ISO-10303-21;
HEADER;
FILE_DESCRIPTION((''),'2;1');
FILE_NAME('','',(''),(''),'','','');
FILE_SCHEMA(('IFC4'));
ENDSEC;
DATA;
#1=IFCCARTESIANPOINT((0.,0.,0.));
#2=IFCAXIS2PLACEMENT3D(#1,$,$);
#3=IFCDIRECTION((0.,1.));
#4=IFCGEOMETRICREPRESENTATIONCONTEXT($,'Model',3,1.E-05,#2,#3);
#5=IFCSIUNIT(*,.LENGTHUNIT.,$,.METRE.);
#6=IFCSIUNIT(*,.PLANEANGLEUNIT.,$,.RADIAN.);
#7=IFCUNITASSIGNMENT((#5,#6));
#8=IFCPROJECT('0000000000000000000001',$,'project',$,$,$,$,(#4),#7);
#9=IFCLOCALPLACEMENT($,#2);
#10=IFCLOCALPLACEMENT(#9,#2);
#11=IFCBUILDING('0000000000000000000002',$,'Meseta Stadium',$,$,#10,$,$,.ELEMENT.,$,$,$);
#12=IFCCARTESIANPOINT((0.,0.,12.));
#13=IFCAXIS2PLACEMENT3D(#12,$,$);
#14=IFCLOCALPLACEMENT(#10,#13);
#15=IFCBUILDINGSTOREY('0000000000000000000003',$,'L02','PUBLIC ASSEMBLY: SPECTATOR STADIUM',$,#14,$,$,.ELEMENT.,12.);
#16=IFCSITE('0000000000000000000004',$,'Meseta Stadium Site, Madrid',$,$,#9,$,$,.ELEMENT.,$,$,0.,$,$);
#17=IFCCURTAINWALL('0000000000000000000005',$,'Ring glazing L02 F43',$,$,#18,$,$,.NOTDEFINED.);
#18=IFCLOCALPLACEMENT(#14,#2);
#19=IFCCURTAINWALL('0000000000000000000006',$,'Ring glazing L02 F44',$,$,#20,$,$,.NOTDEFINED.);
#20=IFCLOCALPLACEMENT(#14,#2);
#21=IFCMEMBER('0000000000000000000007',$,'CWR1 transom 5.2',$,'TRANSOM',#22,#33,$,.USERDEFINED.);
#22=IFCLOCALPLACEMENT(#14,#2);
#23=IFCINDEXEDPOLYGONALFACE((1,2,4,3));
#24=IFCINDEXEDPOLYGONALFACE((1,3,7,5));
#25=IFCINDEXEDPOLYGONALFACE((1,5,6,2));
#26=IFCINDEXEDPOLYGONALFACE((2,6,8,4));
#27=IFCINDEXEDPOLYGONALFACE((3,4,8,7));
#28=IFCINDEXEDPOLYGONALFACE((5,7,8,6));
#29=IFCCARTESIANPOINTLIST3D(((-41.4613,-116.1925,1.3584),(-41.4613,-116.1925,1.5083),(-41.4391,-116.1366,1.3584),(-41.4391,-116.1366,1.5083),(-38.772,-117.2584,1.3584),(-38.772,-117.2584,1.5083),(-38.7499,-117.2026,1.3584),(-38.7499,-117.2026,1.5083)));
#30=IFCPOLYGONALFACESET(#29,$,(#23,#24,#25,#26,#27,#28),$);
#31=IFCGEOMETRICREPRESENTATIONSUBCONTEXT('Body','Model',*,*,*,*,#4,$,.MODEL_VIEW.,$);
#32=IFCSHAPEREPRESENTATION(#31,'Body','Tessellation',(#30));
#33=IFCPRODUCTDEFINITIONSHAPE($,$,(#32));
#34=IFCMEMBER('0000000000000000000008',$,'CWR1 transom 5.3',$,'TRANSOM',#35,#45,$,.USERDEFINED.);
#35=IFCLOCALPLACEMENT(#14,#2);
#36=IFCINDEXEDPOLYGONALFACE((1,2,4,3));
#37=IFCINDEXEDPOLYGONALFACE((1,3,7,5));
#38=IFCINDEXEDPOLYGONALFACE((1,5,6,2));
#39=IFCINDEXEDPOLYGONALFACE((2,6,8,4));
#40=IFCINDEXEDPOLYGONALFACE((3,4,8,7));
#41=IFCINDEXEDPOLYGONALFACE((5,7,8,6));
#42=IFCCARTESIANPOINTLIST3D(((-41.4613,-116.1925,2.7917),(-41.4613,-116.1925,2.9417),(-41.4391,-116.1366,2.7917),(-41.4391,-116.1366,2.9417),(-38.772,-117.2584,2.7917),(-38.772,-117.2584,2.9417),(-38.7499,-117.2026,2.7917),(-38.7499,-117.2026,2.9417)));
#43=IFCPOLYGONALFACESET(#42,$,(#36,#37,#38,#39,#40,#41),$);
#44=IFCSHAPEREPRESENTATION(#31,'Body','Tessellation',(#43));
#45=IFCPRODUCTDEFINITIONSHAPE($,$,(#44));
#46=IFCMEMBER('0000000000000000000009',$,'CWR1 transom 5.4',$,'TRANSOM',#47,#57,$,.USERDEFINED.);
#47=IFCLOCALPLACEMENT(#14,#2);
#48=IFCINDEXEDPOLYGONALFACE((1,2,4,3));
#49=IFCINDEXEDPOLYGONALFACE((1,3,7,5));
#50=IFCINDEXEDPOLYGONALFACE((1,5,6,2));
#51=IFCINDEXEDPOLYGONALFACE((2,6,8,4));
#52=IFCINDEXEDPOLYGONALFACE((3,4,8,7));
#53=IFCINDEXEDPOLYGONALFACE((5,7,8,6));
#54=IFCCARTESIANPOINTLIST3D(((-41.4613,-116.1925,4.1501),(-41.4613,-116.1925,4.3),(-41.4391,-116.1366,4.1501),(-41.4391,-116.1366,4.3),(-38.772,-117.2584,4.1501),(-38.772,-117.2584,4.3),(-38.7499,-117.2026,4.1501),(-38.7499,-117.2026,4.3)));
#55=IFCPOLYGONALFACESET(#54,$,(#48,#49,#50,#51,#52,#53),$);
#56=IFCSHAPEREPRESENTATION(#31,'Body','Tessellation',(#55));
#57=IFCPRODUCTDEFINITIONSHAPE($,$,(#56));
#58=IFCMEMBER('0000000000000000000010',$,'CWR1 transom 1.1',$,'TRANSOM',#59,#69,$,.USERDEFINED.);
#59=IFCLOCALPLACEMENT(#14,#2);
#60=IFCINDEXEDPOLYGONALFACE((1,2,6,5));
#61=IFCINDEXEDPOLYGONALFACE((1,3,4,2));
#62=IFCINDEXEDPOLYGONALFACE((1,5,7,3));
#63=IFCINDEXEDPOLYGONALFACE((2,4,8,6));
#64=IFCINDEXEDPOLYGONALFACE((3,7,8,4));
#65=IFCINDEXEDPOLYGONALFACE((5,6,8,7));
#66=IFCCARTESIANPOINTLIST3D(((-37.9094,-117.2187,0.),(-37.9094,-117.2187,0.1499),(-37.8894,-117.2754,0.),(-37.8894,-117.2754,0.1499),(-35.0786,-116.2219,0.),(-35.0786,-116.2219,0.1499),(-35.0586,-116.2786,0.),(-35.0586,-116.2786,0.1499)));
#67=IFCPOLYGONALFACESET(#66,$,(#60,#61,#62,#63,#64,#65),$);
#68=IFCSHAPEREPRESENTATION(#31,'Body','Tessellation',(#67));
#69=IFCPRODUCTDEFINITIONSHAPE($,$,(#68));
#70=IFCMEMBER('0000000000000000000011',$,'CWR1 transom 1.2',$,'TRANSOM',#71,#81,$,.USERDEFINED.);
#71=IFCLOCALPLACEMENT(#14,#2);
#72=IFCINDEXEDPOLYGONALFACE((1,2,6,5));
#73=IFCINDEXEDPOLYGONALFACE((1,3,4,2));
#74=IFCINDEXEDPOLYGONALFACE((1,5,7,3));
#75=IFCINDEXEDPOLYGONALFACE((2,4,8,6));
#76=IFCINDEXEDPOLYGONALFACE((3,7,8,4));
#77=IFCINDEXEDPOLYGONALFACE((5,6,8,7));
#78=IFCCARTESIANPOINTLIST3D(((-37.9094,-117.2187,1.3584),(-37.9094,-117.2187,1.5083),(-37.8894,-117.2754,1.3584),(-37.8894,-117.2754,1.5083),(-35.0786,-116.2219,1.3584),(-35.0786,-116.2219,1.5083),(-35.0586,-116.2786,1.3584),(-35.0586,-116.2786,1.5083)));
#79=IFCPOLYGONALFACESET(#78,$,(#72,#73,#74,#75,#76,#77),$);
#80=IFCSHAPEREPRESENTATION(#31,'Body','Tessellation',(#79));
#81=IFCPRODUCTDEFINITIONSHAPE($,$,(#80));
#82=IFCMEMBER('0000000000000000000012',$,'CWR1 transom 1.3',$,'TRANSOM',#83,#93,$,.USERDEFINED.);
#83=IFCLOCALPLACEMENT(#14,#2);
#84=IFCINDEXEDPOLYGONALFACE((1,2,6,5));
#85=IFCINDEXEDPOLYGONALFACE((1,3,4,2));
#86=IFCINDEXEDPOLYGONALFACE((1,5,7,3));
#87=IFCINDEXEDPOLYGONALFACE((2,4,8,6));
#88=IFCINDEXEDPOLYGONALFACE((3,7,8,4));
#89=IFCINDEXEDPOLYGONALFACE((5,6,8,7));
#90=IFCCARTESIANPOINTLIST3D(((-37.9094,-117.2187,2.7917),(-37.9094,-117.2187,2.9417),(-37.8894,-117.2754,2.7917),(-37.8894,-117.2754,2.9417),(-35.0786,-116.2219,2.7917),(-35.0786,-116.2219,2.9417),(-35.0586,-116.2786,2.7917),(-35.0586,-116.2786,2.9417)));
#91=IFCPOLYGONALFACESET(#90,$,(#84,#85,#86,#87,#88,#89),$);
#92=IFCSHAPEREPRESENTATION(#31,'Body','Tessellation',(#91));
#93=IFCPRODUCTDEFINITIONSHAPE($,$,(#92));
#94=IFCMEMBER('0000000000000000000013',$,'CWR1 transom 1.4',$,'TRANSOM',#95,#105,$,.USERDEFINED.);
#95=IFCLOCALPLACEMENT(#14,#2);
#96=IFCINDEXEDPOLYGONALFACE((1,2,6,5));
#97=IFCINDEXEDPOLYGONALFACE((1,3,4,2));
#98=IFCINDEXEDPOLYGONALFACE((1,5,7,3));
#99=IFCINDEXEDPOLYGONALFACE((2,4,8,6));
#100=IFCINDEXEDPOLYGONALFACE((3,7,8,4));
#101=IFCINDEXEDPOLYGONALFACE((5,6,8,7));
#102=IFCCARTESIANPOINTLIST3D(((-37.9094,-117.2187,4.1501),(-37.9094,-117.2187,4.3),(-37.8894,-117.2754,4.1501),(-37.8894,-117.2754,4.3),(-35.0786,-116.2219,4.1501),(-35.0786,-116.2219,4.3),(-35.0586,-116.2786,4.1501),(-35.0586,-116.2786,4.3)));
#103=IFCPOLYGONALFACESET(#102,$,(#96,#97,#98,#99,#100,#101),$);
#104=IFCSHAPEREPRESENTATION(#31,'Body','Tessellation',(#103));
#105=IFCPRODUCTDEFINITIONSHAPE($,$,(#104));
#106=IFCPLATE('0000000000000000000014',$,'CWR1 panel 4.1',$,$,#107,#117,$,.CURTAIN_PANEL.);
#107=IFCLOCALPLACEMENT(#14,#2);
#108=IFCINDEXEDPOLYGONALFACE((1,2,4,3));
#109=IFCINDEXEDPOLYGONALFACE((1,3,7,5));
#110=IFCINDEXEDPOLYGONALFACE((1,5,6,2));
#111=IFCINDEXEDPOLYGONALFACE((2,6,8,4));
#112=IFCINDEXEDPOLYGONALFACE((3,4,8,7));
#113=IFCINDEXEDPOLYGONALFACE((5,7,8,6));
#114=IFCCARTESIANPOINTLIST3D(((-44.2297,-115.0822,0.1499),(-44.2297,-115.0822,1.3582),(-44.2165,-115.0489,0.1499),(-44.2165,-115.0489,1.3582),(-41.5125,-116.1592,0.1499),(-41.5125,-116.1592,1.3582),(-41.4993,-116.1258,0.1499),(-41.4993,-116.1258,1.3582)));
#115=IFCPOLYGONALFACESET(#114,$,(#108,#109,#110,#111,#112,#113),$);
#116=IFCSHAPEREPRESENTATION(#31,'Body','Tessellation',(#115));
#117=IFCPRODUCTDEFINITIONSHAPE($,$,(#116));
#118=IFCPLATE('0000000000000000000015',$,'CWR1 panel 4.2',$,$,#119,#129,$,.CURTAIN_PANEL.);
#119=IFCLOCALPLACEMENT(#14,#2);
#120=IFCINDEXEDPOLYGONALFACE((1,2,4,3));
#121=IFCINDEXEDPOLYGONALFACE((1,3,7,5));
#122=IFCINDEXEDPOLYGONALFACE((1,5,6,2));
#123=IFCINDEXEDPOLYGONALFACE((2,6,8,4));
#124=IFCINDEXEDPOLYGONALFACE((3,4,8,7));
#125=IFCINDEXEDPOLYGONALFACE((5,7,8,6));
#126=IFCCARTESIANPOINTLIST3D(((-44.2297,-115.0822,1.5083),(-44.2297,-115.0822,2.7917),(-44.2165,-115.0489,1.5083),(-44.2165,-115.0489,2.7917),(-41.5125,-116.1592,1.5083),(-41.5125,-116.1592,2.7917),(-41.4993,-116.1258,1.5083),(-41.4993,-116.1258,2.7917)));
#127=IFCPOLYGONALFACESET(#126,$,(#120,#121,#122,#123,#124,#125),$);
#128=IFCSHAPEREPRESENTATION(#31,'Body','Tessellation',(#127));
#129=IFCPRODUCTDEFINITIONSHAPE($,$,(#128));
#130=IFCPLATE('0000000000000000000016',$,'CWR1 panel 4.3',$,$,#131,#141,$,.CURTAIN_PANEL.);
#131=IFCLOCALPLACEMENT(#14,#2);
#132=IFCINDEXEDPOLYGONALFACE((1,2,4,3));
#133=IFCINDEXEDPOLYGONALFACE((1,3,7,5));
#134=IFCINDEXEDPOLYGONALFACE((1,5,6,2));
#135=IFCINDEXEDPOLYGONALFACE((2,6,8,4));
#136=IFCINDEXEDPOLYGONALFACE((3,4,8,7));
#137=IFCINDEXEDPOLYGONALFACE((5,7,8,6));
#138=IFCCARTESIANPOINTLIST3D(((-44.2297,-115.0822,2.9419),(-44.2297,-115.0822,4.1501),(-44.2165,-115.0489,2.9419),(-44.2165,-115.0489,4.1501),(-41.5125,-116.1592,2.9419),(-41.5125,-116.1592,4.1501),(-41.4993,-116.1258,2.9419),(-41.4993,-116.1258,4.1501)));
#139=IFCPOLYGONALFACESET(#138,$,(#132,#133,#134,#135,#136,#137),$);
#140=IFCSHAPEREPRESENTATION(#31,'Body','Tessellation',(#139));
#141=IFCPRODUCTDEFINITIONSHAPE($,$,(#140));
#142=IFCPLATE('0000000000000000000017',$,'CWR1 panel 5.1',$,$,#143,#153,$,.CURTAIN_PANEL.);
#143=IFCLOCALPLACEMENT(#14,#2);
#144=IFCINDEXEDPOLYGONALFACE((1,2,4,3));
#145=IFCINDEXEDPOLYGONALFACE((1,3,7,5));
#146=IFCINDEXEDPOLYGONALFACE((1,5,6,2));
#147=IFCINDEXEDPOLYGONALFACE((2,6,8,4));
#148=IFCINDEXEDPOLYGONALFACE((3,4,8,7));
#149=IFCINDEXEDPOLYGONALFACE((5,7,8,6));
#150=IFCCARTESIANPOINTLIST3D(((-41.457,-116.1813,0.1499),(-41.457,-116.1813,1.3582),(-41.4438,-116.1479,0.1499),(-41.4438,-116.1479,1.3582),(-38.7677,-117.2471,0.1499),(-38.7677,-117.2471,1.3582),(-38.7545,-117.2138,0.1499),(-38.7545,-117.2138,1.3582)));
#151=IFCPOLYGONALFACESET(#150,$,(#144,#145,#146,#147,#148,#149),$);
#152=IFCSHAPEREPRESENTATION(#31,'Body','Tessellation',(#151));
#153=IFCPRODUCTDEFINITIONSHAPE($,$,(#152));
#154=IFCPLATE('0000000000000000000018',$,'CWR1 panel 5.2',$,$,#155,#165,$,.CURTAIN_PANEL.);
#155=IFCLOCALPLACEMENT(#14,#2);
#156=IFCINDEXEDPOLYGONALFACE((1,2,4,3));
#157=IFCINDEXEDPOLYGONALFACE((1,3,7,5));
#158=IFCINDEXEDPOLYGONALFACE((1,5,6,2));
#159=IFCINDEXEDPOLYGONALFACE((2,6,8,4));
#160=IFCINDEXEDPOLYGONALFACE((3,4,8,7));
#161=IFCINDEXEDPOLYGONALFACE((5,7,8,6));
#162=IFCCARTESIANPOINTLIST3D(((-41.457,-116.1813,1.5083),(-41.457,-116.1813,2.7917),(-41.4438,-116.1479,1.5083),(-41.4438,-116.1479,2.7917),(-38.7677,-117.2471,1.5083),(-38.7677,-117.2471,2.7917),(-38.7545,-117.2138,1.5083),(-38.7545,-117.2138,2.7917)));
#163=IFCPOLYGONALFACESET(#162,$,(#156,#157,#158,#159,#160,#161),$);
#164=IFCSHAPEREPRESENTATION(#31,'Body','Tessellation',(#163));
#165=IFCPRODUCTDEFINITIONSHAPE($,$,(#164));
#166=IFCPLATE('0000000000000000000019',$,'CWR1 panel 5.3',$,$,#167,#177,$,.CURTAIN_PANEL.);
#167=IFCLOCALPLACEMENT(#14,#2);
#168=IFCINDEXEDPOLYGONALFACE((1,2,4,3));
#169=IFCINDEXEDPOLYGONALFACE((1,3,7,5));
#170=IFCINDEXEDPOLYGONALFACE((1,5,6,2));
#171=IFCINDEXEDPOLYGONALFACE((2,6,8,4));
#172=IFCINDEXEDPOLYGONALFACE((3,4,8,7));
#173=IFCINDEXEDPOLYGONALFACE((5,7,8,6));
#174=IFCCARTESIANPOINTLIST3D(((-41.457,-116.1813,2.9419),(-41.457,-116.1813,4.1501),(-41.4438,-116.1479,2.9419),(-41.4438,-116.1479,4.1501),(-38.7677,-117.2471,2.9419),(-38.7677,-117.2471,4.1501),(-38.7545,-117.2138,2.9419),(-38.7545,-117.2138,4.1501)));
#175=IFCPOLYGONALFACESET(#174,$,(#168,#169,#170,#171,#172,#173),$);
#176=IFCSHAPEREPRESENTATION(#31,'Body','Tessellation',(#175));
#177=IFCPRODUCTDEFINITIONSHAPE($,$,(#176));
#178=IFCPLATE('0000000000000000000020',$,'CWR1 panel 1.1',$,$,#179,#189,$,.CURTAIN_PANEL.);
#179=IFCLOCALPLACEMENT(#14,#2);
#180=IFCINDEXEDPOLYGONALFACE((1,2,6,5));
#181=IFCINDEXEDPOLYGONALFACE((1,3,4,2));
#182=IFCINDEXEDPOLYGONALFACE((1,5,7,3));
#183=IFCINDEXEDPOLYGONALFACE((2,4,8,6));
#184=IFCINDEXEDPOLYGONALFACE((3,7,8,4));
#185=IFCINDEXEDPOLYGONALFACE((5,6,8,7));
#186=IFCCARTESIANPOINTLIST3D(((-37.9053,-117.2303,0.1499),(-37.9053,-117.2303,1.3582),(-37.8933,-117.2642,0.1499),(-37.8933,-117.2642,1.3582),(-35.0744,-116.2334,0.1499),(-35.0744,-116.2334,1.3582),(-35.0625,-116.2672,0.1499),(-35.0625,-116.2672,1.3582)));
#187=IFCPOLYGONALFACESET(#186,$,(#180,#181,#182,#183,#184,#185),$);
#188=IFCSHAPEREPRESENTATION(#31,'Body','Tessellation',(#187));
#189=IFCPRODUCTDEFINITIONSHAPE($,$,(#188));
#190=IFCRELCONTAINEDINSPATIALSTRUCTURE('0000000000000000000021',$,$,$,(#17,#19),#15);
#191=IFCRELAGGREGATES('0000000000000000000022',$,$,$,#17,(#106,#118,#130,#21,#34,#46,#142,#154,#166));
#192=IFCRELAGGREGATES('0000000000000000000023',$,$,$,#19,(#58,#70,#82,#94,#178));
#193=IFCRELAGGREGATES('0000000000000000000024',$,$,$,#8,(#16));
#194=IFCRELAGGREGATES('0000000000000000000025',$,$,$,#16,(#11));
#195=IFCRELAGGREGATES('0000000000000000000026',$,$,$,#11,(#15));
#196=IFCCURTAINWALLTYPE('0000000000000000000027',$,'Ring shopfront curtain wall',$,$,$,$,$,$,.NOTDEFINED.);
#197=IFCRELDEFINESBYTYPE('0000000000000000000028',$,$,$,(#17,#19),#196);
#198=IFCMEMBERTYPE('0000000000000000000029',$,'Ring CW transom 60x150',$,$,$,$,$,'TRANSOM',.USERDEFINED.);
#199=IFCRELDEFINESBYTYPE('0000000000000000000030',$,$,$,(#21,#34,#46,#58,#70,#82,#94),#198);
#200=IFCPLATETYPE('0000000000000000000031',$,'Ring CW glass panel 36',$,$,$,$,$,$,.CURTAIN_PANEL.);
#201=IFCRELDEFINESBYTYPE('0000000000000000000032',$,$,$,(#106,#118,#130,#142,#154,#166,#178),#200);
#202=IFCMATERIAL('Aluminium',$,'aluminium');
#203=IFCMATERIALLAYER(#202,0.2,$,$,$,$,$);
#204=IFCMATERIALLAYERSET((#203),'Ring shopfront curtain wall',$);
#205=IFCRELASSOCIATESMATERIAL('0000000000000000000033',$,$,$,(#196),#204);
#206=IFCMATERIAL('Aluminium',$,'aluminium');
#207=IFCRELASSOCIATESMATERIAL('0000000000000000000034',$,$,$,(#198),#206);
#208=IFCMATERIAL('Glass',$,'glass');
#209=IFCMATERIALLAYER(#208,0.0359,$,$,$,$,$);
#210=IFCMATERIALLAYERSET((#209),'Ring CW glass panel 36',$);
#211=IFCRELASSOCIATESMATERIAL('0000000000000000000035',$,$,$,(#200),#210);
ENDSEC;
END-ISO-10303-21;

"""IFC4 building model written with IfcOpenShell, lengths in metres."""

from ifc_helpers import new_model, si_unit, direction, frame, origin, origin_2d, place, context, subcontext, project, spatial, rectangle, extrude, material, layer, layer_set, material_profile, profile_set, type_object, element, aggregate, save


model = new_model("IFC4")

# Units and contexts
model_context = context("Model", 3, precision=1e-05, world=origin(), true_north=direction((0.0, 1.0)))
body_context = subcontext(model_context, "Body", "Model", "MODEL_VIEW")
ifc_project = project(units=[si_unit("LENGTHUNIT", "METRE"), si_unit("PLANEANGLEUNIT", "RADIAN")], contexts=[model_context])

# Site, building, storey
site_placement = place(None, origin())
site = spatial("IfcSite", under=ifc_project, at=site_placement, Name="Meseta Stadium Site, Madrid", CompositionType="ELEMENT", RefElevation=0.0)
building_placement = place(site_placement, origin())
building = spatial("IfcBuilding", under=site, at=building_placement, Name="Meseta Stadium", CompositionType="ELEMENT")
storey_placement = place(building_placement, frame((0.0, 0.0, 12.0)))
storey = spatial("IfcBuildingStorey", under=building, at=storey_placement, Name="L02", Description="PUBLIC ASSEMBLY: SPECTATOR STADIUM", CompositionType="ELEMENT", Elevation=12.0)

# Curtain walls
ifc_material_1 = material(Name="Aluminium", Category="aluminium")
ifc_layer_1 = layer(ifc_material_1, 0.2)
ifc_layer_set_1 = layer_set([ifc_layer_1], Name="Ring shopfront curtain wall")
curtain_wall_type = type_object("IfcCurtainWallType", Name="Ring shopfront curtain wall", PredefinedType="NOTDEFINED", material=ifc_layer_set_1)
curtain_wall_1_placement = place(storey_placement, origin())
curtain_wall_1 = element("IfcCurtainWall", 1, at=curtain_wall_1_placement, inside=storey, type_object=curtain_wall_type, Name="Ring glazing L02 F43", PredefinedType="NOTDEFINED")
curtain_wall_2_placement = place(storey_placement, origin())
curtain_wall_2 = element("IfcCurtainWall", 2, at=curtain_wall_2_placement, inside=storey, type_object=curtain_wall_type, Name="Ring glazing L02 F44", PredefinedType="NOTDEFINED")

# Members
ifc_material_2 = material(Name="Aluminium", Category="aluminium")
ifc_material_profile_1 = material_profile(ifc_material_2, rectangle(XDim=0.0601, YDim=0.1499, at=origin_2d()), Name="CW 60x150")
ifc_profile_set_1 = profile_set([ifc_material_profile_1], Name="Aluminium")
member_type_1 = type_object("IfcMemberType", Name="Ring CW transom 60x150", ElementType="TRANSOM", PredefinedType="USERDEFINED", material=ifc_profile_set_1)
member_1_placement = place(storey_placement, frame((-41.4502, -116.1646, 1.4333), z_axis=(0.929636, -0.368479, 0.0), x_axis=(0.368479, 0.929636, 0.0)))
member_1 = element("IfcMember", 3, at=member_1_placement, type_object=member_type_1, Name="CWR1 transom 5.2", ObjectType="TRANSOM", PredefinedType="USERDEFINED", context=body_context, shape_type="SweptSolid", body=[
    extrude(rectangle(XDim=0.0601, YDim=0.1499, at=origin_2d()), origin(), (0.0, 0.0, 1.0), 2.8928),
])
member_2_placement = place(storey_placement, frame((-41.4502, -116.1646, 2.8667), z_axis=(0.929636, -0.368479, 0.0), x_axis=(0.368479, 0.929636, 0.0)))
member_2 = element("IfcMember", 4, at=member_2_placement, type_object=member_type_1, Name="CWR1 transom 5.3", ObjectType="TRANSOM", PredefinedType="USERDEFINED", context=body_context, shape_type="SweptSolid", body=[
    extrude(rectangle(XDim=0.0601, YDim=0.1499, at=origin_2d()), origin(), (0.0, 0.0, 1.0), 2.8928),
])
member_3_placement = place(storey_placement, frame((-41.4502, -116.1646, 4.2251), z_axis=(0.929636, -0.368479, 0.0), x_axis=(0.368479, 0.929636, 0.0)))
member_3 = element("IfcMember", 5, at=member_3_placement, type_object=member_type_1, Name="CWR1 transom 5.4", ObjectType="TRANSOM", PredefinedType="USERDEFINED", context=body_context, shape_type="SweptSolid", body=[
    extrude(rectangle(XDim=0.0601, YDim=0.1499, at=origin_2d()), origin(), (0.0, 0.0, 1.0), 2.8928),
])
member_4_placement = place(storey_placement, frame((-37.8994, -117.2471, 0.075), z_axis=(0.943229, 0.332143, 0.0), x_axis=(-0.332143, 0.943229, 0.0)))
member_4 = element("IfcMember", 6, at=member_4_placement, type_object=member_type_1, Name="CWR1 transom 1.1", ObjectType="TRANSOM", PredefinedType="USERDEFINED", context=body_context, shape_type="SweptSolid", body=[
    extrude(rectangle(XDim=0.0601, YDim=0.1499, at=origin_2d()), origin(), (0.0, 0.0, 1.0), 3.0012),
])
member_5_placement = place(storey_placement, frame((-37.8994, -117.2471, 1.4333), z_axis=(0.943229, 0.332143, 0.0), x_axis=(-0.332143, 0.943229, 0.0)))
member_5 = element("IfcMember", 7, at=member_5_placement, type_object=member_type_1, Name="CWR1 transom 1.2", ObjectType="TRANSOM", PredefinedType="USERDEFINED", context=body_context, shape_type="SweptSolid", body=[
    extrude(rectangle(XDim=0.0601, YDim=0.1499, at=origin_2d()), origin(), (0.0, 0.0, 1.0), 3.0012),
])
member_6_placement = place(storey_placement, frame((-37.8994, -117.2471, 2.8667), z_axis=(0.943229, 0.332143, 0.0), x_axis=(-0.332143, 0.943229, 0.0)))
member_6 = element("IfcMember", 8, at=member_6_placement, type_object=member_type_1, Name="CWR1 transom 1.3", ObjectType="TRANSOM", PredefinedType="USERDEFINED", context=body_context, shape_type="SweptSolid", body=[
    extrude(rectangle(XDim=0.0601, YDim=0.1499, at=origin_2d()), origin(), (0.0, 0.0, 1.0), 3.0012),
])
member_7_placement = place(storey_placement, frame((-37.8994, -117.2471, 4.2251), z_axis=(0.943229, 0.332143, 0.0), x_axis=(-0.332143, 0.943229, 0.0)))
member_7 = element("IfcMember", 9, at=member_7_placement, type_object=member_type_1, Name="CWR1 transom 1.4", ObjectType="TRANSOM", PredefinedType="USERDEFINED", context=body_context, shape_type="SweptSolid", body=[
    extrude(rectangle(XDim=0.0601, YDim=0.1499, at=origin_2d()), origin(), (0.0, 0.0, 1.0), 3.0012),
])

# Plates
ifc_material_3 = material(Name="Glass", Category="glass")
ifc_layer_2 = layer(ifc_material_3, 0.0359)
ifc_layer_set_2 = layer_set([ifc_layer_2], Name="Ring CW glass panel 36")
plate_type_1 = type_object("IfcPlateType", Name="Ring CW glass panel 36", PredefinedType="CURTAIN_PANEL", material=ifc_layer_set_2)
plate_1_placement = place(storey_placement, frame((-42.8645, -115.604, 0.1499), z_axis=(0.0, 0.0, 1.0), x_axis=(0.929646, -0.368454, 0.0)))
plate_1 = element("IfcPlate", 10, at=plate_1_placement, type_object=plate_type_1, Name="CWR1 panel 4.1", PredefinedType="CURTAIN_PANEL", context=body_context, shape_type="SweptSolid", body=[
    extrude(rectangle(XDim=2.9229, YDim=0.0359, at=origin_2d()), origin(), (0.0, 0.0, 1.0), 1.2083),
])
plate_2_placement = place(storey_placement, frame((-42.8645, -115.604, 1.5083), z_axis=(0.0, 0.0, 1.0), x_axis=(0.929646, -0.368454, 0.0)))
plate_2 = element("IfcPlate", 11, at=plate_2_placement, type_object=plate_type_1, Name="CWR1 panel 4.2", PredefinedType="CURTAIN_PANEL", context=body_context, shape_type="SweptSolid", body=[
    extrude(rectangle(XDim=2.9229, YDim=0.0359, at=origin_2d()), origin(), (0.0, 0.0, 1.0), 1.2834),
])
plate_3_placement = place(storey_placement, frame((-42.8645, -115.604, 2.9419), z_axis=(0.0, 0.0, 1.0), x_axis=(0.929646, -0.368454, 0.0)))
plate_3 = element("IfcPlate", 12, at=plate_3_placement, type_object=plate_type_1, Name="CWR1 panel 4.3", PredefinedType="CURTAIN_PANEL", context=body_context, shape_type="SweptSolid", body=[
    extrude(rectangle(XDim=2.9229, YDim=0.0359, at=origin_2d()), origin(), (0.0, 0.0, 1.0), 1.2083),
])
plate_4_placement = place(storey_placement, frame((-40.1057, -116.6975, 0.1499), z_axis=(0.0, 0.0, 1.0), x_axis=(0.929646, -0.368454, 0.0)))
plate_4 = element("IfcPlate", 13, at=plate_4_placement, type_object=plate_type_1, Name="CWR1 panel 5.1", PredefinedType="CURTAIN_PANEL", context=body_context, shape_type="SweptSolid", body=[
    extrude(rectangle(XDim=2.8928, YDim=0.0359, at=origin_2d()), origin(), (0.0, 0.0, 1.0), 1.2083),
])
plate_5_placement = place(storey_placement, frame((-40.1057, -116.6975, 1.5083), z_axis=(0.0, 0.0, 1.0), x_axis=(0.929646, -0.368454, 0.0)))
plate_5 = element("IfcPlate", 14, at=plate_5_placement, type_object=plate_type_1, Name="CWR1 panel 5.2", PredefinedType="CURTAIN_PANEL", context=body_context, shape_type="SweptSolid", body=[
    extrude(rectangle(XDim=2.8928, YDim=0.0359, at=origin_2d()), origin(), (0.0, 0.0, 1.0), 1.2834),
])
plate_6_placement = place(storey_placement, frame((-40.1057, -116.6975, 2.9419), z_axis=(0.0, 0.0, 1.0), x_axis=(0.929646, -0.368454, 0.0)))
plate_6 = element("IfcPlate", 15, at=plate_6_placement, type_object=plate_type_1, Name="CWR1 panel 5.3", PredefinedType="CURTAIN_PANEL", context=body_context, shape_type="SweptSolid", body=[
    extrude(rectangle(XDim=2.8928, YDim=0.0359, at=origin_2d()), origin(), (0.0, 0.0, 1.0), 1.2083),
])
aggregate(curtain_wall_1, [plate_1, plate_2, plate_3, member_1, member_2, member_3, plate_4, plate_5, plate_6])
plate_7_placement = place(storey_placement, frame((-36.4839, -116.7488, 0.1499), z_axis=(0.0, 0.0, 1.0), x_axis=(0.943218, 0.332174, 0.0)))
plate_7 = element("IfcPlate", 16, at=plate_7_placement, type_object=plate_type_1, Name="CWR1 panel 1.1", PredefinedType="CURTAIN_PANEL", context=body_context, shape_type="SweptSolid", body=[
    extrude(rectangle(XDim=3.0012, YDim=0.0359, at=origin_2d()), origin(), (0.0, 0.0, 1.0), 1.2083),
])
aggregate(curtain_wall_2, [member_4, member_5, member_6, member_7, plate_7])

save(model, "model.ifc")
